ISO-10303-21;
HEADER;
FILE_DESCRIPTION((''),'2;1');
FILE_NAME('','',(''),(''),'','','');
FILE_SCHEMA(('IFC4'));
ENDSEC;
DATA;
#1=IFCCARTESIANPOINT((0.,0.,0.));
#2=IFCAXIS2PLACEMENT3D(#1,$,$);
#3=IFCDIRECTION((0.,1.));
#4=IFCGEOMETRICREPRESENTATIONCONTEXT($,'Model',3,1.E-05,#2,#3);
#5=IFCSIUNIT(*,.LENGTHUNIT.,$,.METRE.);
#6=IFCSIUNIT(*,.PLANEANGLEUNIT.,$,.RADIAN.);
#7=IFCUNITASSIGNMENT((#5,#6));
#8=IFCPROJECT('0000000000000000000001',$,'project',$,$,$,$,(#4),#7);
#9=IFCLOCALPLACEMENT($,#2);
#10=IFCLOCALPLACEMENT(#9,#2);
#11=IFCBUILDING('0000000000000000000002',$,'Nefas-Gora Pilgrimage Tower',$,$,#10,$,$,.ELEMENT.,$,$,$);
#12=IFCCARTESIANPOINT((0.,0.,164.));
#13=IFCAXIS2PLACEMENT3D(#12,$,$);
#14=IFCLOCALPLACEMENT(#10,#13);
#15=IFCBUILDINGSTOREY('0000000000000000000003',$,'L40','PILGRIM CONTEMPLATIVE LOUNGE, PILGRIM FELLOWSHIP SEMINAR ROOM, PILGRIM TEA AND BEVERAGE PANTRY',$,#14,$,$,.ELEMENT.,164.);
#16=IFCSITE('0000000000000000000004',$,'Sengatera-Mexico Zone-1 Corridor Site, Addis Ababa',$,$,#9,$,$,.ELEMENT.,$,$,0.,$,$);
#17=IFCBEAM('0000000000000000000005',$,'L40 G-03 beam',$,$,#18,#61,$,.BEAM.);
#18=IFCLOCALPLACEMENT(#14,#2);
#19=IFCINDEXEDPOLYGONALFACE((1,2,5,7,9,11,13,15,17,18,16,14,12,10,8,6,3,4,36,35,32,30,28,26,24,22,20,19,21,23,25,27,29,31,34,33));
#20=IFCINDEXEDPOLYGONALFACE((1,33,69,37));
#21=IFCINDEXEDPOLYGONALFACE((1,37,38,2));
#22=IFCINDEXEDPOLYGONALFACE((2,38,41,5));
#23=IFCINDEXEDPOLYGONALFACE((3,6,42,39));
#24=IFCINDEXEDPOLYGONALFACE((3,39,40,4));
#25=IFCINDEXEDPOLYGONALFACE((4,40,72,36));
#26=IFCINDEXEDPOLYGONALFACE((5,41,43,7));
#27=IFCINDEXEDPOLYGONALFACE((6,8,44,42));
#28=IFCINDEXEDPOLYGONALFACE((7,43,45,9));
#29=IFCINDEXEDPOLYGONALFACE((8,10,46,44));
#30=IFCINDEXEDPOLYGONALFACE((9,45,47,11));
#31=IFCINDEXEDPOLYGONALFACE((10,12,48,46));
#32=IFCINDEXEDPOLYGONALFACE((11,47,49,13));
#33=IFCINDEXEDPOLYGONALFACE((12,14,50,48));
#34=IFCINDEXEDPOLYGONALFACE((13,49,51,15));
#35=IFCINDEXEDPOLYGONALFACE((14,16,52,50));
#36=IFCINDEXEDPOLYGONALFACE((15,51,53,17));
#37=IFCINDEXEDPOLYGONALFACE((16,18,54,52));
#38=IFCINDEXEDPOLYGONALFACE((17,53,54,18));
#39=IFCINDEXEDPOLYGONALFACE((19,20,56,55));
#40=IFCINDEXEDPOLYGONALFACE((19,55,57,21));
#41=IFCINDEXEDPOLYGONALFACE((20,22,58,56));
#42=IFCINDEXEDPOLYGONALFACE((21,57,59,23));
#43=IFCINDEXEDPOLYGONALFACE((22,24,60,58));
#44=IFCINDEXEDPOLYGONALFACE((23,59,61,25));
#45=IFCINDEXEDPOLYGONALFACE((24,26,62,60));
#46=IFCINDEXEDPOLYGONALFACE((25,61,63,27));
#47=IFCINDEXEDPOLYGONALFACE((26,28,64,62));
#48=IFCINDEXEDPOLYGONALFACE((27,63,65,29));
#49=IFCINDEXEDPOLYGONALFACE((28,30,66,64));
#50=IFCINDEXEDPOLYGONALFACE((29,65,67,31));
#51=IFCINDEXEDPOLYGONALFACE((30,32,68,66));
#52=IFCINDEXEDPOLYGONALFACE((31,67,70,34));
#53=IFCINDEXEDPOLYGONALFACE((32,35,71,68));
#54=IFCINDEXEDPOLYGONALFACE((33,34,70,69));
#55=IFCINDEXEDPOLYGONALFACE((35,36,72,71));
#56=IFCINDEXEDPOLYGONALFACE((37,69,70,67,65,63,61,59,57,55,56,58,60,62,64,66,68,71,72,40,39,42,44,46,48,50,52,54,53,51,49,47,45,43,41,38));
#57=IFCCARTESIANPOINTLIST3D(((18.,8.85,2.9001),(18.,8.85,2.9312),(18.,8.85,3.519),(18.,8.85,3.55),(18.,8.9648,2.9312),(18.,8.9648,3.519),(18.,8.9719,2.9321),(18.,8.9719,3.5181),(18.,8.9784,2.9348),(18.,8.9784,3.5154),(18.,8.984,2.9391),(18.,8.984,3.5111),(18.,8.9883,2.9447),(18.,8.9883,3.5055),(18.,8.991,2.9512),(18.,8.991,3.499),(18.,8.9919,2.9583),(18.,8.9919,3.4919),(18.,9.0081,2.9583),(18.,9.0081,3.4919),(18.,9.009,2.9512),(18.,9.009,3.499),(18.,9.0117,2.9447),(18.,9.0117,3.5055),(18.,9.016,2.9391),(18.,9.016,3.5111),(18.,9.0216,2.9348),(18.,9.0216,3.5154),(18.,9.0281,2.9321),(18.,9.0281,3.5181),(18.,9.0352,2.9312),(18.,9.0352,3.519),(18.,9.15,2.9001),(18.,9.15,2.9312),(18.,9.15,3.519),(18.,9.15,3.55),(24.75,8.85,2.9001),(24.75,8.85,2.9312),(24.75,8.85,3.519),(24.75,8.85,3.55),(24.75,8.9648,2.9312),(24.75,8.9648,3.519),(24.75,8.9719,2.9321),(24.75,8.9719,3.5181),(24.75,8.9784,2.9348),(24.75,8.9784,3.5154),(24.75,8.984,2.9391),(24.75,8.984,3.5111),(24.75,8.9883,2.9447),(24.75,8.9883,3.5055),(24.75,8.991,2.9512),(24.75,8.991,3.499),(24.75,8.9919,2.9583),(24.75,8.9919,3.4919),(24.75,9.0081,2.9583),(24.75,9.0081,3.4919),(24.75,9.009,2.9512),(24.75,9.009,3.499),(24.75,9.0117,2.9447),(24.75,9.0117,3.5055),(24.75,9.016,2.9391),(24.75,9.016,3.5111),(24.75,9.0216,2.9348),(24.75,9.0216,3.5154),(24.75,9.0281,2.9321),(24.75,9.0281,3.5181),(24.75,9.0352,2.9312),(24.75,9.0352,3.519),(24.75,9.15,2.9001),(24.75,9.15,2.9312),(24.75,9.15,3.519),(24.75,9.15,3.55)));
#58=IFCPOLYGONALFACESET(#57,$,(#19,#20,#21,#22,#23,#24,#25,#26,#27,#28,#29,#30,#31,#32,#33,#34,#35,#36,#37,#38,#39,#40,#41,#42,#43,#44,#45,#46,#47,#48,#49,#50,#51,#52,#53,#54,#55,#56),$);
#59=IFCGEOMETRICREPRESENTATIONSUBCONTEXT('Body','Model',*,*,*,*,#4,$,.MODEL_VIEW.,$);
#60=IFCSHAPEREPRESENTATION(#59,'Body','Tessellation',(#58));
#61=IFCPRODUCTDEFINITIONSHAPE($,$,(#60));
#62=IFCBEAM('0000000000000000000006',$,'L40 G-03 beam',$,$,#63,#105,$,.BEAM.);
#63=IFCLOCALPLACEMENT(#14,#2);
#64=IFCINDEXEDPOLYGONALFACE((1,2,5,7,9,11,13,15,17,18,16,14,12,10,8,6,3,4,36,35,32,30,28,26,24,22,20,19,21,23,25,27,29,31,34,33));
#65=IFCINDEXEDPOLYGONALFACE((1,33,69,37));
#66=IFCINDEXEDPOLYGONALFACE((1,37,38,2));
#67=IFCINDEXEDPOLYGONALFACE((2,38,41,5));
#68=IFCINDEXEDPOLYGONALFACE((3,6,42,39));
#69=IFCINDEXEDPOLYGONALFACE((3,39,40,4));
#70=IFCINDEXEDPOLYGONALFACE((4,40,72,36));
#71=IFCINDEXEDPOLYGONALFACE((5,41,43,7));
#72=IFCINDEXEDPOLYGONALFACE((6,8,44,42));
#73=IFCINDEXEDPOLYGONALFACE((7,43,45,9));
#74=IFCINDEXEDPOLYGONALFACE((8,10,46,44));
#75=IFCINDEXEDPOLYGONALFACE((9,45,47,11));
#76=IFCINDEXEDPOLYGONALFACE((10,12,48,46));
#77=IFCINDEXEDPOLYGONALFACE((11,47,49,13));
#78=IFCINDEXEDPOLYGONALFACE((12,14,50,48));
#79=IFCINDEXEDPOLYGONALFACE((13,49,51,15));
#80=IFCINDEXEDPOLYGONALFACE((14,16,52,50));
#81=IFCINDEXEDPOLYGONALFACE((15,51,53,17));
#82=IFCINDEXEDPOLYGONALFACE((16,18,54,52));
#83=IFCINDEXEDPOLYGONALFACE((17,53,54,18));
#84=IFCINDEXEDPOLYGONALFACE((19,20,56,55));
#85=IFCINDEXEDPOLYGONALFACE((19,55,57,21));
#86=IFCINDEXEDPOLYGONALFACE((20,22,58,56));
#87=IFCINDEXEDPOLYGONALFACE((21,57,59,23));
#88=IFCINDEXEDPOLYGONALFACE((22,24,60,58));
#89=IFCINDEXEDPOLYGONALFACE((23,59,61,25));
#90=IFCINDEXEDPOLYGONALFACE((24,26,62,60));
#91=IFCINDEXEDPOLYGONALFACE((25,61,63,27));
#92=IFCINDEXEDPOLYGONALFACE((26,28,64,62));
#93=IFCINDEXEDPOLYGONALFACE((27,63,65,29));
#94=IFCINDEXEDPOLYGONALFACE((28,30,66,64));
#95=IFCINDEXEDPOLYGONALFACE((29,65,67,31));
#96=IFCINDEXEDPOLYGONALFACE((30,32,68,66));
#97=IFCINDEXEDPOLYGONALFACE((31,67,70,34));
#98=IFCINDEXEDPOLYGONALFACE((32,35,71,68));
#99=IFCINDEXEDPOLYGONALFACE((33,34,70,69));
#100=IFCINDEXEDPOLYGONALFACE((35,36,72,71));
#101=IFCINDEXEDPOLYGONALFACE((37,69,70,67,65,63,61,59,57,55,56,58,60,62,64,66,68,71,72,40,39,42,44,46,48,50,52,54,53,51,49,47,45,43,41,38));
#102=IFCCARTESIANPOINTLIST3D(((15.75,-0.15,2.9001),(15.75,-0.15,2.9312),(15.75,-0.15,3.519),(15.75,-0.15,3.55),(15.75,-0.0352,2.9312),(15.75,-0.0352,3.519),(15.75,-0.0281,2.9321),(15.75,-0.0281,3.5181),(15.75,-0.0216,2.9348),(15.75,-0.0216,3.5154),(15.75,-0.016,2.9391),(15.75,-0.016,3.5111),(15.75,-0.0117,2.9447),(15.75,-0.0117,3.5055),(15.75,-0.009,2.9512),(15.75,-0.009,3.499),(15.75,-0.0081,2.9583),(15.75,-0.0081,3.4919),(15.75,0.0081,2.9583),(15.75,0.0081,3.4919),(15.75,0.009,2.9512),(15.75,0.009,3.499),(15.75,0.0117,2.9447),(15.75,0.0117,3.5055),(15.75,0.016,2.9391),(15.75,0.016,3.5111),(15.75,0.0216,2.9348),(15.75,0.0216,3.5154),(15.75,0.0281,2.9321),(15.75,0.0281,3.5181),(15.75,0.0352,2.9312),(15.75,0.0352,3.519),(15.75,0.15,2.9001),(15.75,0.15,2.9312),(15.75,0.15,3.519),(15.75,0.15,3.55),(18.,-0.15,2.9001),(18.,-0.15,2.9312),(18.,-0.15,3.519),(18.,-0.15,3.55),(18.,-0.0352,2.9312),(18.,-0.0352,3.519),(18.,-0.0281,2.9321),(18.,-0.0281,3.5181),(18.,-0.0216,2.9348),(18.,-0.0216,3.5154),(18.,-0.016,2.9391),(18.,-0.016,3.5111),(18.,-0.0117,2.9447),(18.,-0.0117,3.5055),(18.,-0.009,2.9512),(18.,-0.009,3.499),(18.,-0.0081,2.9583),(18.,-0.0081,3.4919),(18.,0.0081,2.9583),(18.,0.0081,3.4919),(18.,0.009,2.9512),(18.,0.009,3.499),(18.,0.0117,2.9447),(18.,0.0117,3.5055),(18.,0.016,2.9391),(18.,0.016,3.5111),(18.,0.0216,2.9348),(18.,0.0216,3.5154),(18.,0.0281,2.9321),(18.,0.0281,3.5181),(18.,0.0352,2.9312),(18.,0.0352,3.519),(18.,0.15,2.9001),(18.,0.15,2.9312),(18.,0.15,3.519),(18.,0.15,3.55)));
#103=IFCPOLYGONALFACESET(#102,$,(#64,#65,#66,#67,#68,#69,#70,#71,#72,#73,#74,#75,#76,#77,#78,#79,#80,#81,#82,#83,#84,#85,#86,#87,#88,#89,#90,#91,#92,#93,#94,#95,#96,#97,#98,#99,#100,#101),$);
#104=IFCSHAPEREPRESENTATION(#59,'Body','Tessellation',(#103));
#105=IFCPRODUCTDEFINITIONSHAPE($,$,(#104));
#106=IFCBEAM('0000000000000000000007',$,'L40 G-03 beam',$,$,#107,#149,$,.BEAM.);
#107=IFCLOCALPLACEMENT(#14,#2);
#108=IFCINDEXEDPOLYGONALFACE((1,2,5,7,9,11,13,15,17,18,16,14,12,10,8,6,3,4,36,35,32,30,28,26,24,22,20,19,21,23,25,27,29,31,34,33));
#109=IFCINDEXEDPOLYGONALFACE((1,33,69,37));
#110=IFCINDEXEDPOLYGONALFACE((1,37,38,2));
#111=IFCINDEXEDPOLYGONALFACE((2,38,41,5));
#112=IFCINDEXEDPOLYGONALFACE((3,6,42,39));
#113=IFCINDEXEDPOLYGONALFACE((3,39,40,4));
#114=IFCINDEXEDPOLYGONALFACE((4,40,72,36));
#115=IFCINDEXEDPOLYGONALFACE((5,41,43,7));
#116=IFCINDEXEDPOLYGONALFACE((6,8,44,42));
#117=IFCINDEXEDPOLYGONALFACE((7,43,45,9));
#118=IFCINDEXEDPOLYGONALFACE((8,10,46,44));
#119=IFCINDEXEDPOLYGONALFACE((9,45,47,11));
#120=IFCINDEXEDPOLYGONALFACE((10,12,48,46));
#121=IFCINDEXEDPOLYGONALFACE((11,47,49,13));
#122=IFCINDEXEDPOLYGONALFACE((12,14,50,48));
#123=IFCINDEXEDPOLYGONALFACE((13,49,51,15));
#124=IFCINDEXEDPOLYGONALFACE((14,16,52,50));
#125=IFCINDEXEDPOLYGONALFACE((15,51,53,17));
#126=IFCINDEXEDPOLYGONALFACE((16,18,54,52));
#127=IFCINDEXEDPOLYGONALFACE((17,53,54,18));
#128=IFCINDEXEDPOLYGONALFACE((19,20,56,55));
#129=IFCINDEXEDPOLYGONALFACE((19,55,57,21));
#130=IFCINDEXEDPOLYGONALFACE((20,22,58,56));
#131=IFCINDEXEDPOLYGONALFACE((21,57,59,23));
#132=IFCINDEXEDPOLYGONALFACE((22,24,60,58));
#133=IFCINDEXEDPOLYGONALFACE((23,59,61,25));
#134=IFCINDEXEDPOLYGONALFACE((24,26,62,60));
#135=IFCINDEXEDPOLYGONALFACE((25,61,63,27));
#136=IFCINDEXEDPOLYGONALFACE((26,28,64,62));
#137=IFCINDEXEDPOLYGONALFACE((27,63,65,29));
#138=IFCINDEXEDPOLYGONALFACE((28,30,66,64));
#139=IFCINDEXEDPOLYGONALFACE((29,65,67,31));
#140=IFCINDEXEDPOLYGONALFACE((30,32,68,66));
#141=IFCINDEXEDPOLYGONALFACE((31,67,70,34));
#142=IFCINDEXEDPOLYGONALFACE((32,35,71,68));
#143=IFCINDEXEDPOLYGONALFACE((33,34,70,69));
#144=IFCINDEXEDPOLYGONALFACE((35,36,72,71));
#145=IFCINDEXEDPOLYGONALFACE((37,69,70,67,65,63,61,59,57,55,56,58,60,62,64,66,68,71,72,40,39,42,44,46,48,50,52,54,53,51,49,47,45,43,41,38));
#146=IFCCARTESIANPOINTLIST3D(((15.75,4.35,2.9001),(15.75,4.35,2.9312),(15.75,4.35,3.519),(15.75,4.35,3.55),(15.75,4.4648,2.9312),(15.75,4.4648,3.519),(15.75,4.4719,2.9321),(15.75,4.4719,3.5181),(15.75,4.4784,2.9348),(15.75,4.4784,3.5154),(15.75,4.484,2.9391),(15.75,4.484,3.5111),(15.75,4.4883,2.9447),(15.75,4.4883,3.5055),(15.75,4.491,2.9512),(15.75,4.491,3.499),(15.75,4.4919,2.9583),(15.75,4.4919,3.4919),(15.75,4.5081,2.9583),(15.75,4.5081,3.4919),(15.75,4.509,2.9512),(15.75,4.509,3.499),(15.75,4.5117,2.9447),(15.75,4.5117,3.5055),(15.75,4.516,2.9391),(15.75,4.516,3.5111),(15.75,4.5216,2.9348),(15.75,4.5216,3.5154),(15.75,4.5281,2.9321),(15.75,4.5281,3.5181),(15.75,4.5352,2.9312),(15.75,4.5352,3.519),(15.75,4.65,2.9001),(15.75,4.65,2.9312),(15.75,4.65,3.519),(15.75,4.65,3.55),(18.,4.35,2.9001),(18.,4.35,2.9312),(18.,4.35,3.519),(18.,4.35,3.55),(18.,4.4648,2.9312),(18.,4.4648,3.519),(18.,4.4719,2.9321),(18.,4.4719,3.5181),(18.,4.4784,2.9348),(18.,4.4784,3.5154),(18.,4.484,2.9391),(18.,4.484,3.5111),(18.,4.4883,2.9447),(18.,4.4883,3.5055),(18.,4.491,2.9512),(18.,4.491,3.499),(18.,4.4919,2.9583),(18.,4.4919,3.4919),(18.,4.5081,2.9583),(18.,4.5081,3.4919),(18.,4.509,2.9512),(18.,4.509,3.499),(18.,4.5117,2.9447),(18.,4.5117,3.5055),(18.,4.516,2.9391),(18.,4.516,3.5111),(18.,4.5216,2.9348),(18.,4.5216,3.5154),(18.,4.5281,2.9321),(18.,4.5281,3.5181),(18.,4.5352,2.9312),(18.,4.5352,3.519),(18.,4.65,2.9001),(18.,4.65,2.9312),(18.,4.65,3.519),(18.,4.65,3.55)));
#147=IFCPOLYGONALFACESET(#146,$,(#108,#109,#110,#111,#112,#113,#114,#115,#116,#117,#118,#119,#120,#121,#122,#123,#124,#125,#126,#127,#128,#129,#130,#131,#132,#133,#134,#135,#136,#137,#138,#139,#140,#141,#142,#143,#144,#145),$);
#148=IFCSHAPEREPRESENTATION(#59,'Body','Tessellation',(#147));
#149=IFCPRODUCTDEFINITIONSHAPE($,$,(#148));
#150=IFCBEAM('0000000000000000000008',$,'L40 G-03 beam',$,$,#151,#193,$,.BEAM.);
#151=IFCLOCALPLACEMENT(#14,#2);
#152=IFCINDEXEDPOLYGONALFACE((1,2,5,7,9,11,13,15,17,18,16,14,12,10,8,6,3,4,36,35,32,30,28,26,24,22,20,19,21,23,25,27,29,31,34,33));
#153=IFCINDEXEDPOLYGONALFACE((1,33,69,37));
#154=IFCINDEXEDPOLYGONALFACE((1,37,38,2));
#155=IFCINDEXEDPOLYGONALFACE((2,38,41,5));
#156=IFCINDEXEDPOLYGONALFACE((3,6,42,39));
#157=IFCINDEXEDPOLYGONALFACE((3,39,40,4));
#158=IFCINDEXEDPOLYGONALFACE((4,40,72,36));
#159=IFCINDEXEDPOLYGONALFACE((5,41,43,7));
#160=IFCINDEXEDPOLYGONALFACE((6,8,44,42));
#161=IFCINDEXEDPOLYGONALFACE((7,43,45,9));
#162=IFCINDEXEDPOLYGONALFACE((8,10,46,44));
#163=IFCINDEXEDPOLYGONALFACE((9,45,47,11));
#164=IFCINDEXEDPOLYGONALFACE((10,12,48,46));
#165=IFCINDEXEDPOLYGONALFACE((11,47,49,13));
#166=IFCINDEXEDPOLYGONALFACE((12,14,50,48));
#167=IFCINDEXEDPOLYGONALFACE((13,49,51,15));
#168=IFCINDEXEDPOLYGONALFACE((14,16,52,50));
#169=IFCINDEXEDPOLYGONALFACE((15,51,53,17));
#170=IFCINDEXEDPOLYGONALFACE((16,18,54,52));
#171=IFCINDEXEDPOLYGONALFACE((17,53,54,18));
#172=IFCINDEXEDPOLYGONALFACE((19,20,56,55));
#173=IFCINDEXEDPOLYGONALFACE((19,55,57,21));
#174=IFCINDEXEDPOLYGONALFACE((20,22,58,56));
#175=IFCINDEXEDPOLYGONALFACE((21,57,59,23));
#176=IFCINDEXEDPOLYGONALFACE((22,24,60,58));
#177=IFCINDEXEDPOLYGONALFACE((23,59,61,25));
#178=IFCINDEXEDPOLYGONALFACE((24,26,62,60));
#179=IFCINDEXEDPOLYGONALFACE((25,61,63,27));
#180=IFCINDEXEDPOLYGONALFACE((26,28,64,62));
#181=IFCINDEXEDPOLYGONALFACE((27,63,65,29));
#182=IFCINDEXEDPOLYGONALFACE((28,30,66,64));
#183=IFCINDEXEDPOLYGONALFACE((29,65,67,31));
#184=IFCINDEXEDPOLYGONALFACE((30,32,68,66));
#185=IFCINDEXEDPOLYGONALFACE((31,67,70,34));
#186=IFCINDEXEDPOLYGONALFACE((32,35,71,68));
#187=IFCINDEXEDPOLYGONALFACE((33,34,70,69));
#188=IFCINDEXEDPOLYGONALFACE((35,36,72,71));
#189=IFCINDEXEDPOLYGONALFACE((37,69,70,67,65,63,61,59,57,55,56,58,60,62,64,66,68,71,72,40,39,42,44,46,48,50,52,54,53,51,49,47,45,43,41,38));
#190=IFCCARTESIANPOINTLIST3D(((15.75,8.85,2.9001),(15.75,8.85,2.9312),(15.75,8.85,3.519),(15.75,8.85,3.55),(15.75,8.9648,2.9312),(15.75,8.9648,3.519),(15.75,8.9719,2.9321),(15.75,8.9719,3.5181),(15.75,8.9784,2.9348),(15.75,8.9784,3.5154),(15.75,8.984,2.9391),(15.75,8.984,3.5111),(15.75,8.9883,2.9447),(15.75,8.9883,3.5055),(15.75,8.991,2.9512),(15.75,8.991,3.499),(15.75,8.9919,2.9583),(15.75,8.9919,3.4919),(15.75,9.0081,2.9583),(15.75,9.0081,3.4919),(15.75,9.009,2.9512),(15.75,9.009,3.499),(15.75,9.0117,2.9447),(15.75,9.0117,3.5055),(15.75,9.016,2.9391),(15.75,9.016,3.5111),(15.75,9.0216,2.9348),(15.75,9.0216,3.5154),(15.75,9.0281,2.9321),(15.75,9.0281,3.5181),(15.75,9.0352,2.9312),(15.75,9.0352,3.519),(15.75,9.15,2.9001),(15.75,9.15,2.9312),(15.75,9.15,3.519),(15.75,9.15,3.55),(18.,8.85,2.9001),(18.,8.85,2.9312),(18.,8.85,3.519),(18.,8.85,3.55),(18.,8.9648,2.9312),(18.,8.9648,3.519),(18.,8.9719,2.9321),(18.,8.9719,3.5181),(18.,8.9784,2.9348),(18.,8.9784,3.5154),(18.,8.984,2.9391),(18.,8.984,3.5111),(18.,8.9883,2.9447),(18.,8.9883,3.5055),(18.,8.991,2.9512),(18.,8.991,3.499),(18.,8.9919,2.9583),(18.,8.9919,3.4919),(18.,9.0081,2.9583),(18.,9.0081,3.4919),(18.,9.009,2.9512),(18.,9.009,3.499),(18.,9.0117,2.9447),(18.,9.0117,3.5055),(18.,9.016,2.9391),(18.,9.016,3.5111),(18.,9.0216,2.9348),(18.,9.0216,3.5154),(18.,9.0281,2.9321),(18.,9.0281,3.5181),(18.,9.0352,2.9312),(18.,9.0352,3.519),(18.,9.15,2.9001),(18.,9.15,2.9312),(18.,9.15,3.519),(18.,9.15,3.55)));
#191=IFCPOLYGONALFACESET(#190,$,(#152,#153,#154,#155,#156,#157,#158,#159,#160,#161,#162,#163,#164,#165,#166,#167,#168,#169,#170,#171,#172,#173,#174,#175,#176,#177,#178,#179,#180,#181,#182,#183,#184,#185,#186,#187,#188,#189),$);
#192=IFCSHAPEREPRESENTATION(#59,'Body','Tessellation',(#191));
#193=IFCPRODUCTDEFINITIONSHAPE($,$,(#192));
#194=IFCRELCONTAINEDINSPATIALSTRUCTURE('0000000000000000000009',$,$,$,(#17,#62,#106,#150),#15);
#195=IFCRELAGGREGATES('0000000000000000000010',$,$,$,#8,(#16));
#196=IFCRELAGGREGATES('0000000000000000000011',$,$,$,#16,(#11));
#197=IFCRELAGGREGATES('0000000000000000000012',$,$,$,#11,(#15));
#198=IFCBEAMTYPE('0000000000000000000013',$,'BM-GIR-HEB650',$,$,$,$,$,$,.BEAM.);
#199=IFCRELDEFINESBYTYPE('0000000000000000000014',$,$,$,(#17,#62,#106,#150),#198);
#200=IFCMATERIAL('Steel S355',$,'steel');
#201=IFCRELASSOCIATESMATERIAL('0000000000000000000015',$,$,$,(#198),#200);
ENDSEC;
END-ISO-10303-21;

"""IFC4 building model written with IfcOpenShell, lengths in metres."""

from ifc_helpers import new_model, si_unit, direction, frame, origin, origin_2d, place, context, subcontext, project, spatial, i_section, extrude, source, transform, mapped, material, material_profile, profile_set, type_object, element, save


model = new_model("IFC4")

# Units and contexts
model_context = context("Model", 3, precision=1e-05, world=origin(), true_north=direction((0.0, 1.0)))
body_context = subcontext(model_context, "Body", "Model", "MODEL_VIEW")
ifc_project = project(units=[si_unit("LENGTHUNIT", "METRE"), si_unit("PLANEANGLEUNIT", "RADIAN")], contexts=[model_context])

# Site, building, storey
site_placement = place(None, origin())
site = spatial("IfcSite", under=ifc_project, at=site_placement, Name="Sengatera-Mexico Zone-1 Corridor Site, Addis Ababa", CompositionType="ELEMENT", RefElevation=0.0)
building_placement = place(site_placement, origin())
building = spatial("IfcBuilding", under=site, at=building_placement, Name="Nefas-Gora Pilgrimage Tower", CompositionType="ELEMENT")
storey_placement = place(building_placement, frame((0.0, 0.0, 164.0)))
storey = spatial("IfcBuildingStorey", under=building, at=storey_placement, Name="L40", Description="PILGRIM CONTEMPLATIVE LOUNGE, PILGRIM FELLOWSHIP SEMINAR ROOM, PILGRIM TEA AND BEVERAGE PANTRY", CompositionType="ELEMENT", Elevation=164.0)

# Beams
ifc_material_1 = material(Name="Steel S355", Category="steel")
ifc_material_profile_1 = material_profile(ifc_material_1, i_section(OverallWidth=0.3, OverallDepth=0.6499, WebThickness=0.0161, FlangeThickness=0.031, FilletRadius=0.0271, at=origin_2d()), Name="HEB 650")
ifc_profile_set_1 = profile_set([ifc_material_profile_1], Name="Steel S355")
beam_type_1 = type_object("IfcBeamType", Name="BM-GIR-HEB650", PredefinedType="BEAM", material=ifc_profile_set_1)
shared_shape_1 = source(origin(), body_context, "Body", "SweptSolid", [
    extrude(i_section(OverallWidth=0.3, OverallDepth=0.6499, WebThickness=0.0161, FlangeThickness=0.031, FilletRadius=0.0271, at=origin_2d()), origin(), (0.0, 0.0, 1.0), 6.75),
])
for number, where, z_axis, x_axis, name in (
    (1, (18.0, 9.0, 3.2251), (1.0, 0.0, 0.0), (0.0, 1.0, 0.0), "L40 G-03 beam"),
):
    element("IfcBeam", number, at=place(storey_placement, frame(where, z_axis=z_axis, x_axis=x_axis)), inside=storey, type_object=beam_type_1, Name=name, PredefinedType="BEAM", context=body_context, shape_type="MappedRepresentation", body=[
        mapped(shared_shape_1, transform((0.0, 0.0, 0.0), x_axis=(1.0, 0.0, 0.0), y_axis=(0.0, 1.0, 0.0), z_axis=(0.0, 0.0, 1.0), scale=1.0)),
    ])
shared_shape_2 = source(origin(), body_context, "Body", "SweptSolid", [
    extrude(i_section(OverallWidth=0.3, OverallDepth=0.6499, WebThickness=0.0161, FlangeThickness=0.031, FilletRadius=0.0271, at=origin_2d()), origin(), (0.0, 0.0, 1.0), 2.25),
])
for number, where, z_axis, x_axis, name in (
    (2, (15.75, 0.0, 3.2251), (1.0, 0.0, 0.0), (0.0, 1.0, 0.0), "L40 G-03 beam"),
    (3, (15.75, 4.5, 3.2251), (1.0, 0.0, 0.0), (0.0, 1.0, 0.0), "L40 G-03 beam"),
    (4, (15.75, 9.0, 3.2251), (1.0, 0.0, 0.0), (0.0, 1.0, 0.0), "L40 G-03 beam"),
):
    element("IfcBeam", number, at=place(storey_placement, frame(where, z_axis=z_axis, x_axis=x_axis)), inside=storey, type_object=beam_type_1, Name=name, PredefinedType="BEAM", context=body_context, shape_type="MappedRepresentation", body=[
        mapped(shared_shape_2, transform((0.0, 0.0, 0.0), x_axis=(1.0, 0.0, 0.0), y_axis=(0.0, 1.0, 0.0), z_axis=(0.0, 0.0, 1.0), scale=1.0)),
    ])

save(model, "model.ifc")
